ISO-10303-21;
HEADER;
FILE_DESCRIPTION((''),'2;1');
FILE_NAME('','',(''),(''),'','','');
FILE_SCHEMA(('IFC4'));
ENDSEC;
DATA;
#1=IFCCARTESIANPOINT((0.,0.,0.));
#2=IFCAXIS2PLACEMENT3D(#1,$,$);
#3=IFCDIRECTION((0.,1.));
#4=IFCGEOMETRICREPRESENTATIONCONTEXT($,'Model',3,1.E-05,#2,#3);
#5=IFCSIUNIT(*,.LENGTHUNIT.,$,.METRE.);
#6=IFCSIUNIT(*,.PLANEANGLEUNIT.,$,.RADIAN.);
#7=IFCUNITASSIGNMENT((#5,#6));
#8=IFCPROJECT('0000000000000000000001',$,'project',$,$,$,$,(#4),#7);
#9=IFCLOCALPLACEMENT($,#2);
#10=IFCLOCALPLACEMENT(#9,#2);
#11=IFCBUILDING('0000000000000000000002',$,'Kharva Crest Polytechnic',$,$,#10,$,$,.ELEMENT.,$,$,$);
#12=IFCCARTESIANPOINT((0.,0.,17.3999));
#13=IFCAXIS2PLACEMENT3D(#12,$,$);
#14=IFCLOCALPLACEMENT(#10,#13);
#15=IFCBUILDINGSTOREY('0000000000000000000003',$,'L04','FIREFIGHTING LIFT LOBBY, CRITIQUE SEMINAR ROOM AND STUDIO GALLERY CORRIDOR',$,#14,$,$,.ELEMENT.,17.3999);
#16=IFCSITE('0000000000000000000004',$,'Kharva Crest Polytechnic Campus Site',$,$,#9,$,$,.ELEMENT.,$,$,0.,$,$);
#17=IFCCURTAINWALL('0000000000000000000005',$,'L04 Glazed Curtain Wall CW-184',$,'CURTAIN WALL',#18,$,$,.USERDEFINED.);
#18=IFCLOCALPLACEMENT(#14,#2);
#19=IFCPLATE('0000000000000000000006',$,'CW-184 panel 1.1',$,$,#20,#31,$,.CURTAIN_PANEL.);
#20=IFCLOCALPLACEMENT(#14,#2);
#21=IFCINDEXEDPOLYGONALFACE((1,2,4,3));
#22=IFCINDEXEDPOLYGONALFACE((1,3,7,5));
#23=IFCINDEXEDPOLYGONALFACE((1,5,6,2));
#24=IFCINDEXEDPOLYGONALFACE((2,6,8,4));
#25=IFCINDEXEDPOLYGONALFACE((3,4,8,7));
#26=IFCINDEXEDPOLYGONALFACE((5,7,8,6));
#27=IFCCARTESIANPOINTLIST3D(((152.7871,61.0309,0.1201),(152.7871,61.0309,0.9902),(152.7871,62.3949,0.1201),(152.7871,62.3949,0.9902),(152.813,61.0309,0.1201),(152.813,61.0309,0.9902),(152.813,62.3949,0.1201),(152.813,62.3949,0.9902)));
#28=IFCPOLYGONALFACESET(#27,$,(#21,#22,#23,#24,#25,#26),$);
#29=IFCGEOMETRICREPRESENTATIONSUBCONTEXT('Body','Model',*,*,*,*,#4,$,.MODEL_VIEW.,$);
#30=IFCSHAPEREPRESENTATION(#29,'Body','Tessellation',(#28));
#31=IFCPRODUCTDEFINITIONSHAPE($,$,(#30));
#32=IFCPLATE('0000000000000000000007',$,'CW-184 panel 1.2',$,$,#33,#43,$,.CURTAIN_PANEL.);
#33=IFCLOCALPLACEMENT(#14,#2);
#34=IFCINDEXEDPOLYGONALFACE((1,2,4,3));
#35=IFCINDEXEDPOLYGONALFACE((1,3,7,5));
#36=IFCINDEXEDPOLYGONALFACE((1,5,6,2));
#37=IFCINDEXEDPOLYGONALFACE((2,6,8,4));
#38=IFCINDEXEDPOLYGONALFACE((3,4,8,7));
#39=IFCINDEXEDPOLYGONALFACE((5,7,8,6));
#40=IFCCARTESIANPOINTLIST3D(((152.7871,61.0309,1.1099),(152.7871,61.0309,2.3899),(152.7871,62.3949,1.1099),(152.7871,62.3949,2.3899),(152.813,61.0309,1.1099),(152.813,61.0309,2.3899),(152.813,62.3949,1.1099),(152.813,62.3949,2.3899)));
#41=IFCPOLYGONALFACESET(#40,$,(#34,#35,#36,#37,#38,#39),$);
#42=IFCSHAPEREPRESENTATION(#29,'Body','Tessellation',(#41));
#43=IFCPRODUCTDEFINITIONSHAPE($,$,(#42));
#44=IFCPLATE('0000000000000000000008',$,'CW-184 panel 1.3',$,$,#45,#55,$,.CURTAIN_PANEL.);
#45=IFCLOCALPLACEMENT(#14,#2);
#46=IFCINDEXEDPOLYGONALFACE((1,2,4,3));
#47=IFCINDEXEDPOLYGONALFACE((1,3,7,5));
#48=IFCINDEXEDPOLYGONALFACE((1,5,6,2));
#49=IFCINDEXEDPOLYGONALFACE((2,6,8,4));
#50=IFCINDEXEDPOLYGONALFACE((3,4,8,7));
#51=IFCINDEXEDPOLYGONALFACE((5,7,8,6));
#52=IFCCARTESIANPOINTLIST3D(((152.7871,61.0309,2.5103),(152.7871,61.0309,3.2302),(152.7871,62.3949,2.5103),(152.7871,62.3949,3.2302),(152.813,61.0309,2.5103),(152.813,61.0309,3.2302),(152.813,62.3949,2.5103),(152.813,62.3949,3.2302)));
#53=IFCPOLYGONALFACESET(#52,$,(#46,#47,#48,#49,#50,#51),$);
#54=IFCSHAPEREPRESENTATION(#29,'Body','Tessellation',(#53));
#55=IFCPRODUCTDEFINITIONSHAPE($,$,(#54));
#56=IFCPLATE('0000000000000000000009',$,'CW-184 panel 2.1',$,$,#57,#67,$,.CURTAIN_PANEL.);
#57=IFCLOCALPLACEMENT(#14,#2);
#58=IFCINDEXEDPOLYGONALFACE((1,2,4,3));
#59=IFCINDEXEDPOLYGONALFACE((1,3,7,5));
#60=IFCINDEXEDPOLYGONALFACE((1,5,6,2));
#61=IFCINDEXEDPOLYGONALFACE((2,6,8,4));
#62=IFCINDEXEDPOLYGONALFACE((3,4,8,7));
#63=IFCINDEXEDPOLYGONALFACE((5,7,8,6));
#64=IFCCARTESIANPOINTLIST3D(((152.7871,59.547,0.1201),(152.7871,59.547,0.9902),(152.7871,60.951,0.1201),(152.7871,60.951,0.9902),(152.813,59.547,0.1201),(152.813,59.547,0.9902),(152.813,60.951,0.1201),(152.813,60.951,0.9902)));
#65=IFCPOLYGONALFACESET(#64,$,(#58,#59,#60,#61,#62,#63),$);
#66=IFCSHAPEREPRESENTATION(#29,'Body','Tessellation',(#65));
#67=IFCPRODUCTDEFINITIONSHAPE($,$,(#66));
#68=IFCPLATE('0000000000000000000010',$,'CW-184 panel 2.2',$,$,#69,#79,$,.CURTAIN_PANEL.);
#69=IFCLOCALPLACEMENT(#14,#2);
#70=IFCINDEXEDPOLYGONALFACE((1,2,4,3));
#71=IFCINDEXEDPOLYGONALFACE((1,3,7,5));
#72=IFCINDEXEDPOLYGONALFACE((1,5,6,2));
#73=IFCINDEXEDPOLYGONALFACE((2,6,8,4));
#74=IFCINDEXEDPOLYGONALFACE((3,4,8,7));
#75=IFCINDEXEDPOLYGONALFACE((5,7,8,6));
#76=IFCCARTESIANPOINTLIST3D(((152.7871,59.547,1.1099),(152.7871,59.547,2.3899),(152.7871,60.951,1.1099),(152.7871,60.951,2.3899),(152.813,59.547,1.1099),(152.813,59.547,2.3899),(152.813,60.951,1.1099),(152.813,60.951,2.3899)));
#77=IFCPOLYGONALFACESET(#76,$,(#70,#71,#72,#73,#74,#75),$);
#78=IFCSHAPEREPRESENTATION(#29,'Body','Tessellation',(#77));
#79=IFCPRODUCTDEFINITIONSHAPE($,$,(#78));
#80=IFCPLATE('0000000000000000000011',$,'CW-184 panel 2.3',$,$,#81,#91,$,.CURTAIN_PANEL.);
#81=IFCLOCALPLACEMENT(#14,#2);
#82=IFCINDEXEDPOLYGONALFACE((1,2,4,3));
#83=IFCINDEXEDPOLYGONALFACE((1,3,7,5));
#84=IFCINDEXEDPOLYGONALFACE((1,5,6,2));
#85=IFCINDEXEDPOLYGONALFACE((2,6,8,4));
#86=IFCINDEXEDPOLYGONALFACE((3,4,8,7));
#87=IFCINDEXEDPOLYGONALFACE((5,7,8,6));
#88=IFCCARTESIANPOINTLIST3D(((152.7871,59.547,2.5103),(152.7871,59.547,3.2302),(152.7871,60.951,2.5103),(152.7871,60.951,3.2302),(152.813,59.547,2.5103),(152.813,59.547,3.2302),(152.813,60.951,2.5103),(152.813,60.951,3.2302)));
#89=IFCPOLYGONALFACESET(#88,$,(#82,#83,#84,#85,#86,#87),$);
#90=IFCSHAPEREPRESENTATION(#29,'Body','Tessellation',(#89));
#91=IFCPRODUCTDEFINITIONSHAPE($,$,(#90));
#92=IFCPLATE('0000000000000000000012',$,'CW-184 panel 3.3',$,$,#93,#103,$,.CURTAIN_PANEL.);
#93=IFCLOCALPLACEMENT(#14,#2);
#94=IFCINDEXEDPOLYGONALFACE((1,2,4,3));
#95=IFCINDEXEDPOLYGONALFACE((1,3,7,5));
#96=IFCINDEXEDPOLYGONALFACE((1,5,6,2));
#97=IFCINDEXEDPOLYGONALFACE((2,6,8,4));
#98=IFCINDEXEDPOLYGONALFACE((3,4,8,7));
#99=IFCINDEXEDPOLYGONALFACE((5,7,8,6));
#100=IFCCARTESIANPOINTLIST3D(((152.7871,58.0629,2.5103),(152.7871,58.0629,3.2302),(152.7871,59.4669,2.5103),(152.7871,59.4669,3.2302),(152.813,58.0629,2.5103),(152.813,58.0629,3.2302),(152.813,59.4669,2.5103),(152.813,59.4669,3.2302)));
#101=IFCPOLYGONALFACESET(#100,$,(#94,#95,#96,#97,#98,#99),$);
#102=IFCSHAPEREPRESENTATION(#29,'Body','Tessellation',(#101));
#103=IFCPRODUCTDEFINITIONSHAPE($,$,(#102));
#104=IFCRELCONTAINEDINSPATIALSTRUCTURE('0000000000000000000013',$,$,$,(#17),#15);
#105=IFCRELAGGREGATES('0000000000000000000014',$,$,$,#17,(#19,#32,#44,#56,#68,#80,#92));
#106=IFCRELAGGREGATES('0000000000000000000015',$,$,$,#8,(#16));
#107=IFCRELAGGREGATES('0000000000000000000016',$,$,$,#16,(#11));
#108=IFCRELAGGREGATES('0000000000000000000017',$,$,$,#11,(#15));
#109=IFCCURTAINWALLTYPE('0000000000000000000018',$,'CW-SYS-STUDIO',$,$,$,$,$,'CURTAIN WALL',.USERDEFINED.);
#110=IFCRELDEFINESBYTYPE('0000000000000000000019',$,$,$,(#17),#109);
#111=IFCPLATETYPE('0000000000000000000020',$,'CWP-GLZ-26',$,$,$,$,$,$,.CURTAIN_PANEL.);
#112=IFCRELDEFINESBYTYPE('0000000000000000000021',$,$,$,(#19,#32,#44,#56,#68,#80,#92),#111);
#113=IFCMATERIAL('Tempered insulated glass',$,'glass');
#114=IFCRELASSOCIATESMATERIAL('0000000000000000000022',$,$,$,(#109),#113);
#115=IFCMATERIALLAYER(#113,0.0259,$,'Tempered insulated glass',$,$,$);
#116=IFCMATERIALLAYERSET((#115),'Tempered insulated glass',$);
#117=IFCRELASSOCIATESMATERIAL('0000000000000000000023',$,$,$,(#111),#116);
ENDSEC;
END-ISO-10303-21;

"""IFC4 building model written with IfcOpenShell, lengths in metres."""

from ifc_helpers import new_model, si_unit, direction, frame, origin, origin_2d, place, context, subcontext, project, spatial, rectangle, extrude, material, layer, layer_set, type_object, element, aggregate, save


model = new_model("IFC4")

# Units and contexts
model_context = context("Model", 3, precision=1e-05, world=origin(), true_north=direction((0.0, 1.0)))
body_context = subcontext(model_context, "Body", "Model", "MODEL_VIEW")
ifc_project = project(units=[si_unit("LENGTHUNIT", "METRE"), si_unit("PLANEANGLEUNIT", "RADIAN")], contexts=[model_context])

# Site, building, storey
site_placement = place(None, origin())
site = spatial("IfcSite", under=ifc_project, at=site_placement, Name="Kharva Crest Polytechnic Campus Site", CompositionType="ELEMENT", RefElevation=0.0)
building_placement = place(site_placement, origin())
building = spatial("IfcBuilding", under=site, at=building_placement, Name="Kharva Crest Polytechnic", CompositionType="ELEMENT")
storey_placement = place(building_placement, frame((0.0, 0.0, 17.3999)))
storey = spatial("IfcBuildingStorey", under=building, at=storey_placement, Name="L04", Description="FIREFIGHTING LIFT LOBBY, CRITIQUE SEMINAR ROOM AND STUDIO GALLERY CORRIDOR", CompositionType="ELEMENT", Elevation=17.3999)

# Curtain wall, plates
ifc_material_1 = material(Name="Tempered insulated glass", Category="glass")
curtain_wall_type = type_object("IfcCurtainWallType", Name="CW-SYS-STUDIO", ElementType="CURTAIN WALL", PredefinedType="USERDEFINED", material=ifc_material_1)
curtain_wall_placement = place(storey_placement, origin())
curtain_wall = element("IfcCurtainWall", 1, at=curtain_wall_placement, inside=storey, type_object=curtain_wall_type, Name="L04 Glazed Curtain Wall CW-184", ObjectType="CURTAIN WALL", PredefinedType="USERDEFINED")
ifc_layer = layer(ifc_material_1, 0.0259, Name="Tempered insulated glass")
ifc_layer_set = layer_set([ifc_layer], Name="Tempered insulated glass")
plate_type = type_object("IfcPlateType", Name="CWP-GLZ-26", PredefinedType="CURTAIN_PANEL", material=ifc_layer_set)
plate_1_placement = place(storey_placement, frame((152.8, 61.7129, 0.1201), z_axis=(0.0, 0.0, 1.0), x_axis=(0.0, -1.0, 0.0)))
plate_1 = element("IfcPlate", 2, at=plate_1_placement, type_object=plate_type, Name="CW-184 panel 1.1", PredefinedType="CURTAIN_PANEL", context=body_context, shape_type="SweptSolid", body=[
    extrude(rectangle(XDim=1.364, YDim=0.0259, at=origin_2d()), origin(), (0.0, 0.0, 1.0), 0.8701),
])
plate_2_placement = place(storey_placement, frame((152.8, 61.7129, 1.1099), z_axis=(0.0, 0.0, 1.0), x_axis=(0.0, -1.0, 0.0)))
plate_2 = element("IfcPlate", 3, at=plate_2_placement, type_object=plate_type, Name="CW-184 panel 1.2", PredefinedType="CURTAIN_PANEL", context=body_context, shape_type="SweptSolid", body=[
    extrude(rectangle(XDim=1.364, YDim=0.0259, at=origin_2d()), origin(), (0.0, 0.0, 1.0), 1.28),
])
plate_3_placement = place(storey_placement, frame((152.8, 61.7129, 2.5103), z_axis=(0.0, 0.0, 1.0), x_axis=(0.0, -1.0, 0.0)))
plate_3 = element("IfcPlate", 4, at=plate_3_placement, type_object=plate_type, Name="CW-184 panel 1.3", PredefinedType="CURTAIN_PANEL", context=body_context, shape_type="SweptSolid", body=[
    extrude(rectangle(XDim=1.364, YDim=0.0259, at=origin_2d()), origin(), (0.0, 0.0, 1.0), 0.72),
])
plate_4_placement = place(storey_placement, frame((152.8, 60.249, 0.1201), z_axis=(0.0, 0.0, 1.0), x_axis=(0.0, -1.0, 0.0)))
plate_4 = element("IfcPlate", 5, at=plate_4_placement, type_object=plate_type, Name="CW-184 panel 2.1", PredefinedType="CURTAIN_PANEL", context=body_context, shape_type="SweptSolid", body=[
    extrude(rectangle(XDim=1.4041, YDim=0.0259, at=origin_2d()), origin(), (0.0, 0.0, 1.0), 0.8701),
])
plate_5_placement = place(storey_placement, frame((152.8, 60.249, 1.1099), z_axis=(0.0, 0.0, 1.0), x_axis=(0.0, -1.0, 0.0)))
plate_5 = element("IfcPlate", 6, at=plate_5_placement, type_object=plate_type, Name="CW-184 panel 2.2", PredefinedType="CURTAIN_PANEL", context=body_context, shape_type="SweptSolid", body=[
    extrude(rectangle(XDim=1.4041, YDim=0.0259, at=origin_2d()), origin(), (0.0, 0.0, 1.0), 1.28),
])
plate_6_placement = place(storey_placement, frame((152.8, 60.249, 2.5103), z_axis=(0.0, 0.0, 1.0), x_axis=(0.0, -1.0, 0.0)))
plate_6 = element("IfcPlate", 7, at=plate_6_placement, type_object=plate_type, Name="CW-184 panel 2.3", PredefinedType="CURTAIN_PANEL", context=body_context, shape_type="SweptSolid", body=[
    extrude(rectangle(XDim=1.4041, YDim=0.0259, at=origin_2d()), origin(), (0.0, 0.0, 1.0), 0.72),
])
plate_7_placement = place(storey_placement, frame((152.8, 58.7649, 2.5103), z_axis=(0.0, 0.0, 1.0), x_axis=(0.0, -1.0, 0.0)))
plate_7 = element("IfcPlate", 8, at=plate_7_placement, type_object=plate_type, Name="CW-184 panel 3.3", PredefinedType="CURTAIN_PANEL", context=body_context, shape_type="SweptSolid", body=[
    extrude(rectangle(XDim=1.4041, YDim=0.0259, at=origin_2d()), origin(), (0.0, 0.0, 1.0), 0.72),
])
aggregate(curtain_wall, [plate_1, plate_2, plate_3, plate_4, plate_5, plate_6, plate_7])

save(model, "model.ifc")
